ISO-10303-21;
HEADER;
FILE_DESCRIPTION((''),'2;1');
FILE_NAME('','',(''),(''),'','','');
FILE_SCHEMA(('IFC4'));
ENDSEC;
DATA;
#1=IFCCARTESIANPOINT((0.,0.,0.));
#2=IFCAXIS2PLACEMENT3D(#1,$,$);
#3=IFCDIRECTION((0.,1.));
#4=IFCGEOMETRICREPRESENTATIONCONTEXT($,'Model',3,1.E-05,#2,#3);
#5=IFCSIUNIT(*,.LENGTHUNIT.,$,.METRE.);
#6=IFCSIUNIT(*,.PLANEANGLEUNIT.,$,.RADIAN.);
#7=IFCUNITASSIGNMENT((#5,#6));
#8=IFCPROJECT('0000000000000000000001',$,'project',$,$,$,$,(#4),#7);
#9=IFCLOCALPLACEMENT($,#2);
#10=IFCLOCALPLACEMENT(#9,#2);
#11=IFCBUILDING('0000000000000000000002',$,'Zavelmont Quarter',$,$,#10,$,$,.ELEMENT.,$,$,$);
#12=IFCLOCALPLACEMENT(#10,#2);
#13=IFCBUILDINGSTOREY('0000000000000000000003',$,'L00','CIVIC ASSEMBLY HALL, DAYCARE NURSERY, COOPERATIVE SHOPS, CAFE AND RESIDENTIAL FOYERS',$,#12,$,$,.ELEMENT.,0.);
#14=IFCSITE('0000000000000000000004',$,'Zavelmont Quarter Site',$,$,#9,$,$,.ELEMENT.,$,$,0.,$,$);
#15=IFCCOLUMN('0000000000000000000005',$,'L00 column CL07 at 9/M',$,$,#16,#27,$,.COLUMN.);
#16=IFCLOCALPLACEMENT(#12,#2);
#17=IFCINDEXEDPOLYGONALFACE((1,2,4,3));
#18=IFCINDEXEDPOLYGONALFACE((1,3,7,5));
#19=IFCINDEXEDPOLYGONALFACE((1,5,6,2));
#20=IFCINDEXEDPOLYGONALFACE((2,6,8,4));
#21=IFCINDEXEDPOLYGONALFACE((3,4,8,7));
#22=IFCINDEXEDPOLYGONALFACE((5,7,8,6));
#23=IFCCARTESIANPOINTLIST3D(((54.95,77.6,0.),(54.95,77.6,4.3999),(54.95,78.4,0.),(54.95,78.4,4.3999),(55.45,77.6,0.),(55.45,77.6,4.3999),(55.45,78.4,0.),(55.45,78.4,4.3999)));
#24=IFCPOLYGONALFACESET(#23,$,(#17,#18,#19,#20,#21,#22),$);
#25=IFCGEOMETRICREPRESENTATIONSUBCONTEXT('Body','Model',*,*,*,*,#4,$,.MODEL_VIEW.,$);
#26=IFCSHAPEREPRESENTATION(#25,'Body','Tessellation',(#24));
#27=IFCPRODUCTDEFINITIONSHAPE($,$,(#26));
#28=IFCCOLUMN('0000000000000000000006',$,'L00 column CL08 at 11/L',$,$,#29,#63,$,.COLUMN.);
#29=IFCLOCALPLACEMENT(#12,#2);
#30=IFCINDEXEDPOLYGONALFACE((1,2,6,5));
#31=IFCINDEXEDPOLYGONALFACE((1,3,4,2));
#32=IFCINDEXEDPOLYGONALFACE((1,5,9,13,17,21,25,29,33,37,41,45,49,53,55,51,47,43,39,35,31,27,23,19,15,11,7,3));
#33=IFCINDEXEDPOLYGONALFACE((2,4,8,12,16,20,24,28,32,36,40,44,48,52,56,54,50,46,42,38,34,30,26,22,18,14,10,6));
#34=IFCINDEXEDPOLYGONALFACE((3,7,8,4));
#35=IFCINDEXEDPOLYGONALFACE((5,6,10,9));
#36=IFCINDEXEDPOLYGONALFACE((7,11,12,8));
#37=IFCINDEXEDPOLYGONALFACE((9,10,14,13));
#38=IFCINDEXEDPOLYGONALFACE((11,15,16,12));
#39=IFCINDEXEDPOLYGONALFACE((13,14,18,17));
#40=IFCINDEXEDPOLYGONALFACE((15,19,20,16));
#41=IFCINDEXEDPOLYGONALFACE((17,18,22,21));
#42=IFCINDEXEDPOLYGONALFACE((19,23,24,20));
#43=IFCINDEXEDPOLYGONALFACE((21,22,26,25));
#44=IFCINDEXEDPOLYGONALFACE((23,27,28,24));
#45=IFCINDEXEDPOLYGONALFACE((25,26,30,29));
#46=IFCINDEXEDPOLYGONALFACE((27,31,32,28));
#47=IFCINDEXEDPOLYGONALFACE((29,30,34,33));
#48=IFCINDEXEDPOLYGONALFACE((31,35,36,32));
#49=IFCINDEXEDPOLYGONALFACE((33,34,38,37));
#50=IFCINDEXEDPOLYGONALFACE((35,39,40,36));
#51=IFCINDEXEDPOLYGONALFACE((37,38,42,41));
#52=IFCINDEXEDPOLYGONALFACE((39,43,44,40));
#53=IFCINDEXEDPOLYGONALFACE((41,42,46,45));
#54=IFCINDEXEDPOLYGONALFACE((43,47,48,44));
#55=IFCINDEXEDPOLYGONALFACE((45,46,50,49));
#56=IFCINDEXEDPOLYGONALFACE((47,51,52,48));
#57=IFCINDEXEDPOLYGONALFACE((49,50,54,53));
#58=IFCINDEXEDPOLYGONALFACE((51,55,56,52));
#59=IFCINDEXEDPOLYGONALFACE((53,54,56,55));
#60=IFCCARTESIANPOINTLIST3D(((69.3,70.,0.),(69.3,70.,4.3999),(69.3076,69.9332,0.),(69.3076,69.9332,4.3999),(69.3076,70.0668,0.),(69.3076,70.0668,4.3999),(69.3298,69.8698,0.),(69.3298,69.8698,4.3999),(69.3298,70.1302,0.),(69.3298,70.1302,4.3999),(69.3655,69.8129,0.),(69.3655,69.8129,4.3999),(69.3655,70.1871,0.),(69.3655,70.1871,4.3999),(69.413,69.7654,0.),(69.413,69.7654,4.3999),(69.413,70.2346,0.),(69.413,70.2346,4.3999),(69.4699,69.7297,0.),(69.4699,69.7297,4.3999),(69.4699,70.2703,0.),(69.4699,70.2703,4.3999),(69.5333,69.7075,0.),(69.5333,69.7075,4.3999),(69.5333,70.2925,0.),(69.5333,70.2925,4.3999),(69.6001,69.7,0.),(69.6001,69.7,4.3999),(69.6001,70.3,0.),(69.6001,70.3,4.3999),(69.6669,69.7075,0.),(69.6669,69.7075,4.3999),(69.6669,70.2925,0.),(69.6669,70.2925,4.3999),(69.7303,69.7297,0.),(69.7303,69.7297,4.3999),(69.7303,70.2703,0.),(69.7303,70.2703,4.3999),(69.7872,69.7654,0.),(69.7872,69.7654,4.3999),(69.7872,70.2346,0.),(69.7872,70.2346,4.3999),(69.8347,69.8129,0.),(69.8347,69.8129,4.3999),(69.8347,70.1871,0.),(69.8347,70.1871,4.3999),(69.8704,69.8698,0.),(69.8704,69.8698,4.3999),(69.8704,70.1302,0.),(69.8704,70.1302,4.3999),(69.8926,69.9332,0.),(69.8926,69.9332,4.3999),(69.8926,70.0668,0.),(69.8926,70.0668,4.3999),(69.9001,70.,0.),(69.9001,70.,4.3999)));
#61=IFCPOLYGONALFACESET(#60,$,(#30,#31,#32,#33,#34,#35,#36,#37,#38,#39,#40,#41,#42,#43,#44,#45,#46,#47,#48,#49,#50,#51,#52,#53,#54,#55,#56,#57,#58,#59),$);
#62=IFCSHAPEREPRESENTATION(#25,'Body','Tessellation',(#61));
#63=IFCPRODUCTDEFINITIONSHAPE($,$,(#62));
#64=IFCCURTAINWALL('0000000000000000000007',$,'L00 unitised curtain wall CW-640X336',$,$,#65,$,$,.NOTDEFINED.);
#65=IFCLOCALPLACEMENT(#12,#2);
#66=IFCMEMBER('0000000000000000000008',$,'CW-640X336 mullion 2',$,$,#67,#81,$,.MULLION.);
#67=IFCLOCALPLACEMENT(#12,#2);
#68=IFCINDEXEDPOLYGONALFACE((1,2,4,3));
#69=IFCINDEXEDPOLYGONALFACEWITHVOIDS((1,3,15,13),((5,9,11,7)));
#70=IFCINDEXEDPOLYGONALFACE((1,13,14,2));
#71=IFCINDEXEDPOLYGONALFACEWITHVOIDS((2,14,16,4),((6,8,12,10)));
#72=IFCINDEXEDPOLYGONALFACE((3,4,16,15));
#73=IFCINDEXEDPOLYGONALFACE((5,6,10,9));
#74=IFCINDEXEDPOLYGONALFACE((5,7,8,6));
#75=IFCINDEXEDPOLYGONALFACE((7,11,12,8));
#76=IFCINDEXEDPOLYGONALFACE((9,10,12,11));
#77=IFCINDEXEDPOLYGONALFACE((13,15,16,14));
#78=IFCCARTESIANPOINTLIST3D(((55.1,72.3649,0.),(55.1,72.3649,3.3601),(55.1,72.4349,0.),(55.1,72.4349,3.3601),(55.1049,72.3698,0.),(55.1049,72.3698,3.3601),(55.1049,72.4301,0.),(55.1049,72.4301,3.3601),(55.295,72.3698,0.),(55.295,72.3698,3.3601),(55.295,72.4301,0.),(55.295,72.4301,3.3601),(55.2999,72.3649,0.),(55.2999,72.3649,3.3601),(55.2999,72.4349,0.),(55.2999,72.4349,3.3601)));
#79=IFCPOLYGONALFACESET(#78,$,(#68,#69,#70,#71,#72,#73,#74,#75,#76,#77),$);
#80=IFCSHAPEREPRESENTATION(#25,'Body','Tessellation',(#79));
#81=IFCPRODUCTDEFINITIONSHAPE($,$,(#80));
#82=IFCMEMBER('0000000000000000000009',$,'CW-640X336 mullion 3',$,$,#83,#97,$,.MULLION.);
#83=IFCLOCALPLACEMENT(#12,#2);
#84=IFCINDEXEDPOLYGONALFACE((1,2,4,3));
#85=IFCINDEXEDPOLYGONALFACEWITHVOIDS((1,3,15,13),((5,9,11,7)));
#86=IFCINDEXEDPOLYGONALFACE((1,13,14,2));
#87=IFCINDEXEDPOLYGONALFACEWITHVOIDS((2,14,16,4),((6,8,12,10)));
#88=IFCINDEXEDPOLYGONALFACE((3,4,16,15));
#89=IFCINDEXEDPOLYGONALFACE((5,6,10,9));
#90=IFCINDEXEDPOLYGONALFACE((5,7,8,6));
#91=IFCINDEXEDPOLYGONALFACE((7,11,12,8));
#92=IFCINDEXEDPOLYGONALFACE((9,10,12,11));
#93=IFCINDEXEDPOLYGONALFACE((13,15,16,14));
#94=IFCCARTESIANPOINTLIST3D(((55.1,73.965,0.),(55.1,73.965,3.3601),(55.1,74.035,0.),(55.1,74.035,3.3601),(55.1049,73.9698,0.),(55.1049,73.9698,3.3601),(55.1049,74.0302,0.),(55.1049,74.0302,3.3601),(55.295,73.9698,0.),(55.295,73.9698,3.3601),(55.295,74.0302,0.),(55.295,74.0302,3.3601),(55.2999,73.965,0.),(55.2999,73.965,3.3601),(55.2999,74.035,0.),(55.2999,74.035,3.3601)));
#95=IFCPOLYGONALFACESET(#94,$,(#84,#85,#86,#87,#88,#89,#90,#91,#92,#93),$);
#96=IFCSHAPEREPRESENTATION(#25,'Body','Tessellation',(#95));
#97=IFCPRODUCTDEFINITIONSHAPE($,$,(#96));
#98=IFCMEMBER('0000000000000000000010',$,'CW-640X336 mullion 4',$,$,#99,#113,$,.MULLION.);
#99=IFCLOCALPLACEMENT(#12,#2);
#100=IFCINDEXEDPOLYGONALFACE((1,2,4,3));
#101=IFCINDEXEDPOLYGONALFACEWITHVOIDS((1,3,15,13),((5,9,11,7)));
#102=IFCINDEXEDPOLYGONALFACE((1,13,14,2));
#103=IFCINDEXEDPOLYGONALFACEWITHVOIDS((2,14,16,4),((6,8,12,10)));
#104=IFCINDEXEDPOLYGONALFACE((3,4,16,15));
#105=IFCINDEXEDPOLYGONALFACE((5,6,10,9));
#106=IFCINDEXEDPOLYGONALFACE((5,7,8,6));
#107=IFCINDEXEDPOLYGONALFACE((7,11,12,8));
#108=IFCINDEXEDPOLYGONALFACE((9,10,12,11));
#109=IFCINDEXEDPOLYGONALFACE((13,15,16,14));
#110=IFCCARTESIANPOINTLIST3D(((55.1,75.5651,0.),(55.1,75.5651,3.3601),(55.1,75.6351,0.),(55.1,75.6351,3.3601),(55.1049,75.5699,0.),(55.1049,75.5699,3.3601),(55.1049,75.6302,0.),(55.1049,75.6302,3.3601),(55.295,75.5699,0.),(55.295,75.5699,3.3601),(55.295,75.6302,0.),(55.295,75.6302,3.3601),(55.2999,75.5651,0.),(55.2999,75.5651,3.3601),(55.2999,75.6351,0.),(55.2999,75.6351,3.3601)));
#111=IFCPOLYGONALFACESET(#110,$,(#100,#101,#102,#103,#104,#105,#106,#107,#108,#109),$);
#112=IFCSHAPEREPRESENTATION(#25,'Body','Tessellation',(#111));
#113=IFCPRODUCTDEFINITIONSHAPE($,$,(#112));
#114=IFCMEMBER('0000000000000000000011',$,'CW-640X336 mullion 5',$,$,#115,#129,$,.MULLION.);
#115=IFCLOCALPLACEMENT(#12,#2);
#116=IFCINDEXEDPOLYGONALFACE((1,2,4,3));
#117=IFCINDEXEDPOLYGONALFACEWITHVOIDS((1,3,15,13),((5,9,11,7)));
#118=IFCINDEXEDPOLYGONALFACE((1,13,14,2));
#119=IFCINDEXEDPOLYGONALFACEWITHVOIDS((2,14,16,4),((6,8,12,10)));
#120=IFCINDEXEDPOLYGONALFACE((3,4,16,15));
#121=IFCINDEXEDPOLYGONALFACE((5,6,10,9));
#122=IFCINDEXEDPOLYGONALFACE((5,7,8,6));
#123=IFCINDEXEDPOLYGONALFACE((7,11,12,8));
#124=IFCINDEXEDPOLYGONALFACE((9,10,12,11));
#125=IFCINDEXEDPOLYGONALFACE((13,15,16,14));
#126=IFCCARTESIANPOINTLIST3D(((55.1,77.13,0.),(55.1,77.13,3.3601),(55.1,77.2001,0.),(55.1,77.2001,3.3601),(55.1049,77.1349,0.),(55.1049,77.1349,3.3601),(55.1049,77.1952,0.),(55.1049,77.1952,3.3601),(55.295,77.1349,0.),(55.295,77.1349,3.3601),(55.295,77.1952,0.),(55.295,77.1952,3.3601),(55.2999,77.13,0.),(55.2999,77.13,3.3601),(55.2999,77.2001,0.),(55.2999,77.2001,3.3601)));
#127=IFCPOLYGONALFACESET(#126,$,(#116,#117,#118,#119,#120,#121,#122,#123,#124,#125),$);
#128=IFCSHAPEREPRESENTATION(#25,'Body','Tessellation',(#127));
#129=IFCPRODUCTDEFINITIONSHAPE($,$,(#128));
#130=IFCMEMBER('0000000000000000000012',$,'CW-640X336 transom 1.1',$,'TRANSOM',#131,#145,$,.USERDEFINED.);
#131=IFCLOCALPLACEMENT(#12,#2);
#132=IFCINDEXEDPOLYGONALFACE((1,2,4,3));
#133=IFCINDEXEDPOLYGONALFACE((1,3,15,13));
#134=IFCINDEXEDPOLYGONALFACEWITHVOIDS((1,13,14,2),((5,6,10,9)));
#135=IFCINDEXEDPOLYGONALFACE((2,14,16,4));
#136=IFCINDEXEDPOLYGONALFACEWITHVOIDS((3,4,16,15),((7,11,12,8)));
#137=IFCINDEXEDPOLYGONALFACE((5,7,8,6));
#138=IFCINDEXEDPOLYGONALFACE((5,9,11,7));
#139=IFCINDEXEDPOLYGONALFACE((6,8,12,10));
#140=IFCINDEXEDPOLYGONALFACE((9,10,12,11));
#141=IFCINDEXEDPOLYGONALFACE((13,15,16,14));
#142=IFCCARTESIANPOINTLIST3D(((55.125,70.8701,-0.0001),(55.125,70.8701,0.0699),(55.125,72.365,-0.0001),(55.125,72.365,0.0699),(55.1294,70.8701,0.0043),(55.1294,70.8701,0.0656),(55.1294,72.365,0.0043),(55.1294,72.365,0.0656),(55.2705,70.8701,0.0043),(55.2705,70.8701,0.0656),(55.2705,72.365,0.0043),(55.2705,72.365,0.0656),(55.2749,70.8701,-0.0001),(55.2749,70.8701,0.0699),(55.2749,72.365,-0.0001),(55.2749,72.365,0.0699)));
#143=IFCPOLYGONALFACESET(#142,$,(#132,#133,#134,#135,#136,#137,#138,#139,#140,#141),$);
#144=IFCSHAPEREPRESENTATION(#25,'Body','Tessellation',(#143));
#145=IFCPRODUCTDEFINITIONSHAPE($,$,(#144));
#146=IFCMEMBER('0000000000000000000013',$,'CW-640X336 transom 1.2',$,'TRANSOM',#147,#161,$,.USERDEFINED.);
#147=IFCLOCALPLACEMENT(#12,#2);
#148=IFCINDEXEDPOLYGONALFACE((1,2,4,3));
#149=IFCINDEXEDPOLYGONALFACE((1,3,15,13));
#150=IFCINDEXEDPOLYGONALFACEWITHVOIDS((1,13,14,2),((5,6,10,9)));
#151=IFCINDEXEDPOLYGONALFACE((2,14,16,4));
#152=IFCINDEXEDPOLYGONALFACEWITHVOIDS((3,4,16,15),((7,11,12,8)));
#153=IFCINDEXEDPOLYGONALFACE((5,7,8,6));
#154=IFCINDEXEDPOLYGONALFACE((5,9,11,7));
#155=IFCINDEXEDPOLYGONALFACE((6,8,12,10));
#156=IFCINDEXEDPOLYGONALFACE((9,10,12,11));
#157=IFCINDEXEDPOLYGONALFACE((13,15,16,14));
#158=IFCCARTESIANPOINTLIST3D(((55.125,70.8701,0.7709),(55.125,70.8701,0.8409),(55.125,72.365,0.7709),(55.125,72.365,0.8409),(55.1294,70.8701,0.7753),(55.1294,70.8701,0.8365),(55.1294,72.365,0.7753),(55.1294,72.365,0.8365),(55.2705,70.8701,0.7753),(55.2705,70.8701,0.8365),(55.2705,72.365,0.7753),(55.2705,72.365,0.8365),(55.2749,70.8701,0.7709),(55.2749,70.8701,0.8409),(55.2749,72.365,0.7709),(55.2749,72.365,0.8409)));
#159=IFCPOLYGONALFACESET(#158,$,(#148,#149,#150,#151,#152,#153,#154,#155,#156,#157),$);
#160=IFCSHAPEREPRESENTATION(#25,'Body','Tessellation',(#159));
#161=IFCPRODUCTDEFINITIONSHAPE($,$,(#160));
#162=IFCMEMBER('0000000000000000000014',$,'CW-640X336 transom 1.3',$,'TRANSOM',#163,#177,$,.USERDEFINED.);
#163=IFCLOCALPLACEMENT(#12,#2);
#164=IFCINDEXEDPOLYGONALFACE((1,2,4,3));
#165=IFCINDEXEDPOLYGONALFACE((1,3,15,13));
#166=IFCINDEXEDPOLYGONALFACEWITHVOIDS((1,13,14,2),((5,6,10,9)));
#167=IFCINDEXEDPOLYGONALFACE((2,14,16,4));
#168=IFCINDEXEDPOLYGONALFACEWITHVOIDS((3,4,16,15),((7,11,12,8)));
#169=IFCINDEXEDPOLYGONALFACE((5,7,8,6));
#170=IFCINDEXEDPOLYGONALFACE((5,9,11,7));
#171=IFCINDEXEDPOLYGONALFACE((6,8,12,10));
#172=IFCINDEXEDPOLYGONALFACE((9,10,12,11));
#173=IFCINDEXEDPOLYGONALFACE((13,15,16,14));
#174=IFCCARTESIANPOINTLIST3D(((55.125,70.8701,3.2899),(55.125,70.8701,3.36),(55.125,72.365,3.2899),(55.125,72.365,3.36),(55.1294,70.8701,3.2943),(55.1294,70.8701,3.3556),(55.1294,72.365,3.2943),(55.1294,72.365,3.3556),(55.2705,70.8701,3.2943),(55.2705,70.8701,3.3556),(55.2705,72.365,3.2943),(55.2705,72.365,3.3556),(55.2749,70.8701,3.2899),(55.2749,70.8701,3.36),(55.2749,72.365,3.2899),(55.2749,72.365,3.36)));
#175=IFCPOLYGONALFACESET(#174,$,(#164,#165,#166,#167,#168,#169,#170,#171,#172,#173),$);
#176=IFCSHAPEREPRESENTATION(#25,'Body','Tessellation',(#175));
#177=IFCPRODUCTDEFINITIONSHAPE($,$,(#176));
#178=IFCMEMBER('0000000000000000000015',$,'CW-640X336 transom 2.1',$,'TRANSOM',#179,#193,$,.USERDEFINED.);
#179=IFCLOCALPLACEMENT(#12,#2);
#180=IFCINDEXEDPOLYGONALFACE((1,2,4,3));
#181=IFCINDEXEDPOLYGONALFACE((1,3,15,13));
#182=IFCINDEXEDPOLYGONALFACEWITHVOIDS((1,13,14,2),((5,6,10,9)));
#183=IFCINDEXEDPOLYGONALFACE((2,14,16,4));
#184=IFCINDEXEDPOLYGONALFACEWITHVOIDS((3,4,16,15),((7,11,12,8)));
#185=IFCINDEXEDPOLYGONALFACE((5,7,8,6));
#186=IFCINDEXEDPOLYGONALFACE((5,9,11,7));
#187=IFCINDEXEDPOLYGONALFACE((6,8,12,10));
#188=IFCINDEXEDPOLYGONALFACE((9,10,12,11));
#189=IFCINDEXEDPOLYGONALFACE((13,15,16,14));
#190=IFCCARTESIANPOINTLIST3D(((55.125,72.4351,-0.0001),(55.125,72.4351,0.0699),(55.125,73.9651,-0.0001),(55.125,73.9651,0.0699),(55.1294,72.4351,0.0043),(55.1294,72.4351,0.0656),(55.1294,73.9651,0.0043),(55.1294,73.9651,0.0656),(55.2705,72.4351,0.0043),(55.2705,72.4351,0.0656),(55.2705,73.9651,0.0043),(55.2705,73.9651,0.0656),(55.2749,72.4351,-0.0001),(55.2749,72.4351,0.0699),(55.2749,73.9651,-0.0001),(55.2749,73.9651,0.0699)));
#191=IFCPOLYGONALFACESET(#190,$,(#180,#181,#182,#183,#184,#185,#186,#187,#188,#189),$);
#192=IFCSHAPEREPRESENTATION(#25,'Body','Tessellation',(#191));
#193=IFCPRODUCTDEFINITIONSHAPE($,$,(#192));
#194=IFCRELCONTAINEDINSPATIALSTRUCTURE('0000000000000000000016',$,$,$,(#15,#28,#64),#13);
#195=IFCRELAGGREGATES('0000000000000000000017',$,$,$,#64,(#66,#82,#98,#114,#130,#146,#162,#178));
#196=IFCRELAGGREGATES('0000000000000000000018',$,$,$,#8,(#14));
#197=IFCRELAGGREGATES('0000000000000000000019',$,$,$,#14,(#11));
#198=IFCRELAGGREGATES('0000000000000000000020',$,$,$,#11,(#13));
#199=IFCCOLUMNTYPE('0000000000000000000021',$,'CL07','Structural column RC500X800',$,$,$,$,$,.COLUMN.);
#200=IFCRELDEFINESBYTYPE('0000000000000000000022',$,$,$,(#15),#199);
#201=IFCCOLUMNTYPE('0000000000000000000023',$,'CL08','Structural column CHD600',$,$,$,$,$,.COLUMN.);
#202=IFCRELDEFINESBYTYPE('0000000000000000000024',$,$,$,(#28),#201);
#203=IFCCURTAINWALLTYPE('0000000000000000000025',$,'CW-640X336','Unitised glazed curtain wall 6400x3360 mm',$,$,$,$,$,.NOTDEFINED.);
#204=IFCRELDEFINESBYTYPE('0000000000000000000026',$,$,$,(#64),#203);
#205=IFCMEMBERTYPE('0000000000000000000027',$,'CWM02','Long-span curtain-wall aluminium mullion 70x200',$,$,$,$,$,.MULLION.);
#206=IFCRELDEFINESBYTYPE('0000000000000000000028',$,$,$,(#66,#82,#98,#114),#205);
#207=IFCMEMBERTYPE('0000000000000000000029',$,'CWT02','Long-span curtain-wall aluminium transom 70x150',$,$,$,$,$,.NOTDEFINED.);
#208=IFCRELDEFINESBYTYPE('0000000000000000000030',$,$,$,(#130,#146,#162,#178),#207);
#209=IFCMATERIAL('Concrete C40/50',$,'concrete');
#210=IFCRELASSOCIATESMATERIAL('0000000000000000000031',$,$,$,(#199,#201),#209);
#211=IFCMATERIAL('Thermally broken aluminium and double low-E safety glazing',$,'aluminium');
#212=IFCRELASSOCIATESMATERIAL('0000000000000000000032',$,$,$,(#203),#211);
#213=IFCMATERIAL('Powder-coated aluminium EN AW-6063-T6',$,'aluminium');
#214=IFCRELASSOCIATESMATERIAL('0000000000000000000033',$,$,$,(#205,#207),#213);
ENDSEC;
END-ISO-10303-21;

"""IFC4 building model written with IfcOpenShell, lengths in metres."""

from ifc_helpers import new_model, si_unit, direction, frame, origin, origin_2d, place, context, subcontext, project, spatial, rectangle, hollow_rectangle, circle, extrude, material, material_profile, profile_set, type_object, element, aggregate, save


model = new_model("IFC4")

# Units and contexts
model_context = context("Model", 3, precision=1e-05, world=origin(), true_north=direction((0.0, 1.0)))
body_context = subcontext(model_context, "Body", "Model", "MODEL_VIEW")
ifc_project = project(units=[si_unit("LENGTHUNIT", "METRE"), si_unit("PLANEANGLEUNIT", "RADIAN")], contexts=[model_context])

# Site, building, storey
site_placement = place(None, origin())
site = spatial("IfcSite", under=ifc_project, at=site_placement, Name="Zavelmont Quarter Site", CompositionType="ELEMENT", RefElevation=0.0)
building_placement = place(site_placement, origin())
building = spatial("IfcBuilding", under=site, at=building_placement, Name="Zavelmont Quarter", CompositionType="ELEMENT")
storey_placement = place(building_placement, origin())
storey = spatial("IfcBuildingStorey", under=building, at=storey_placement, Name="L00", Description="CIVIC ASSEMBLY HALL, DAYCARE NURSERY, COOPERATIVE SHOPS, CAFE AND RESIDENTIAL FOYERS", CompositionType="ELEMENT", Elevation=0.0)

# Columns
ifc_material_1 = material(Name="Concrete C40/50", Category="concrete")
ifc_material_profile_1 = material_profile(ifc_material_1, rectangle(XDim=0.5, YDim=0.8, at=origin_2d()), Name="RC500X800")
ifc_profile_set_1 = profile_set([ifc_material_profile_1], Name="Concrete C40/50")
column_type_1 = type_object("IfcColumnType", Name="CL07", Description="Structural column RC500X800", PredefinedType="COLUMN", material=ifc_profile_set_1)
column_1_placement = place(storey_placement, frame((55.2, 78.0, 0.0), z_axis=(0.0, 0.0, 1.0), x_axis=(1.0, 0.0, 0.0)))
element("IfcColumn", 1, at=column_1_placement, inside=storey, type_object=column_type_1, Name="L00 column CL07 at 9/M", PredefinedType="COLUMN", context=body_context, shape_type="SweptSolid", body=[
    extrude(rectangle(XDim=0.5, YDim=0.8, at=origin_2d()), origin(), (0.0, 0.0, 1.0), 4.3999),
])
ifc_material_profile_2 = material_profile(ifc_material_1, circle(Radius=0.3, at=origin_2d()), Name="CHD600")
ifc_profile_set_2 = profile_set([ifc_material_profile_2], Name="Concrete C40/50")
column_type_2 = type_object("IfcColumnType", Name="CL08", Description="Structural column CHD600", PredefinedType="COLUMN", material=ifc_profile_set_2)
column_2_placement = place(storey_placement, frame((69.6001, 70.0, 0.0), z_axis=(0.0, 0.0, 1.0), x_axis=(1.0, 0.0, 0.0)))
element("IfcColumn", 2, at=column_2_placement, inside=storey, type_object=column_type_2, Name="L00 column CL08 at 11/L", PredefinedType="COLUMN", context=body_context, shape_type="SweptSolid", body=[
    extrude(circle(Radius=0.3, at=origin_2d()), origin(), (0.0, 0.0, 1.0), 4.3999),
])

# Curtain wall, members
ifc_material_2 = material(Name="Thermally broken aluminium and double low-E safety glazing", Category="aluminium")
curtain_wall_type = type_object("IfcCurtainWallType", Name="CW-640X336", Description="Unitised glazed curtain wall 6400x3360 mm", PredefinedType="NOTDEFINED", material=ifc_material_2)
curtain_wall_placement = place(storey_placement, origin())
curtain_wall = element("IfcCurtainWall", 3, at=curtain_wall_placement, inside=storey, type_object=curtain_wall_type, Name="L00 unitised curtain wall CW-640X336", PredefinedType="NOTDEFINED")
ifc_material_3 = material(Name="Powder-coated aluminium EN AW-6063-T6", Category="aluminium")
ifc_material_profile_3 = material_profile(ifc_material_3, hollow_rectangle(XDim=0.0701, YDim=0.2, WallThickness=0.0049, at=origin_2d()), Name="CWM70X200")
ifc_profile_set_3 = profile_set([ifc_material_profile_3], Name="Powder-coated aluminium EN AW-6063-T6")
member_type_1 = type_object("IfcMemberType", Name="CWM02", Description="Long-span curtain-wall aluminium mullion 70x200", PredefinedType="MULLION", material=ifc_profile_set_3)
member_1_placement = place(storey_placement, frame((55.2, 72.3999, 0.0), z_axis=(0.0, 0.0, 1.0), x_axis=(0.0, 1.0, 0.0)))
member_1 = element("IfcMember", 4, at=member_1_placement, type_object=member_type_1, Name="CW-640X336 mullion 2", PredefinedType="MULLION", context=body_context, shape_type="SweptSolid", body=[
    extrude(hollow_rectangle(XDim=0.0701, YDim=0.2, WallThickness=0.0049, at=origin_2d()), origin(), (0.0, 0.0, 1.0), 3.3601),
])
member_2_placement = place(storey_placement, frame((55.2, 74.0, 0.0), z_axis=(0.0, 0.0, 1.0), x_axis=(0.0, 1.0, 0.0)))
member_2 = element("IfcMember", 5, at=member_2_placement, type_object=member_type_1, Name="CW-640X336 mullion 3", PredefinedType="MULLION", context=body_context, shape_type="SweptSolid", body=[
    extrude(hollow_rectangle(XDim=0.0701, YDim=0.2, WallThickness=0.0049, at=origin_2d()), origin(), (0.0, 0.0, 1.0), 3.3601),
])
member_3_placement = place(storey_placement, frame((55.2, 75.6001, 0.0), z_axis=(0.0, 0.0, 1.0), x_axis=(0.0, 1.0, 0.0)))
member_3 = element("IfcMember", 6, at=member_3_placement, type_object=member_type_1, Name="CW-640X336 mullion 4", PredefinedType="MULLION", context=body_context, shape_type="SweptSolid", body=[
    extrude(hollow_rectangle(XDim=0.0701, YDim=0.2, WallThickness=0.0049, at=origin_2d()), origin(), (0.0, 0.0, 1.0), 3.3601),
])
member_4_placement = place(storey_placement, frame((55.2, 77.165, 0.0), z_axis=(0.0, 0.0, 1.0), x_axis=(0.0, 1.0, 0.0)))
member_4 = element("IfcMember", 7, at=member_4_placement, type_object=member_type_1, Name="CW-640X336 mullion 5", PredefinedType="MULLION", context=body_context, shape_type="SweptSolid", body=[
    extrude(hollow_rectangle(XDim=0.0701, YDim=0.2, WallThickness=0.0049, at=origin_2d()), origin(), (0.0, 0.0, 1.0), 3.3601),
])
ifc_material_profile_4 = material_profile(ifc_material_3, hollow_rectangle(XDim=0.1499, YDim=0.0701, WallThickness=0.0044, at=origin_2d()), Name="CWT70X150")
ifc_profile_set_4 = profile_set([ifc_material_profile_4], Name="Powder-coated aluminium EN AW-6063-T6")
member_type_2 = type_object("IfcMemberType", Name="CWT02", Description="Long-span curtain-wall aluminium transom 70x150", PredefinedType="NOTDEFINED", material=ifc_profile_set_4)
member_5_placement = place(storey_placement, frame((55.2, 70.8701, 0.0349), z_axis=(0.0, 1.0, 0.0), x_axis=(-1.0, 0.0, 0.0)))
member_5 = element("IfcMember", 8, at=member_5_placement, type_object=member_type_2, Name="CW-640X336 transom 1.1", ObjectType="TRANSOM", PredefinedType="USERDEFINED", context=body_context, shape_type="SweptSolid", body=[
    extrude(hollow_rectangle(XDim=0.1499, YDim=0.0701, WallThickness=0.0044, at=origin_2d()), origin(), (0.0, 0.0, 1.0), 1.4949),
])
member_6_placement = place(storey_placement, frame((55.2, 70.8701, 0.8059), z_axis=(0.0, 1.0, 0.0), x_axis=(-1.0, 0.0, 0.0)))
member_6 = element("IfcMember", 9, at=member_6_placement, type_object=member_type_2, Name="CW-640X336 transom 1.2", ObjectType="TRANSOM", PredefinedType="USERDEFINED", context=body_context, shape_type="SweptSolid", body=[
    extrude(hollow_rectangle(XDim=0.1499, YDim=0.0701, WallThickness=0.0044, at=origin_2d()), origin(), (0.0, 0.0, 1.0), 1.4949),
])
member_7_placement = place(storey_placement, frame((55.2, 70.8701, 3.325), z_axis=(0.0, 1.0, 0.0), x_axis=(-1.0, 0.0, 0.0)))
member_7 = element("IfcMember", 10, at=member_7_placement, type_object=member_type_2, Name="CW-640X336 transom 1.3", ObjectType="TRANSOM", PredefinedType="USERDEFINED", context=body_context, shape_type="SweptSolid", body=[
    extrude(hollow_rectangle(XDim=0.1499, YDim=0.0701, WallThickness=0.0044, at=origin_2d()), origin(), (0.0, 0.0, 1.0), 1.4949),
])
member_8_placement = place(storey_placement, frame((55.2, 72.4351, 0.0349), z_axis=(0.0, 1.0, 0.0), x_axis=(-1.0, 0.0, 0.0)))
member_8 = element("IfcMember", 11, at=member_8_placement, type_object=member_type_2, Name="CW-640X336 transom 2.1", ObjectType="TRANSOM", PredefinedType="USERDEFINED", context=body_context, shape_type="SweptSolid", body=[
    extrude(hollow_rectangle(XDim=0.1499, YDim=0.0701, WallThickness=0.0044, at=origin_2d()), origin(), (0.0, 0.0, 1.0), 1.53),
])
aggregate(curtain_wall, [member_1, member_2, member_3, member_4, member_5, member_6, member_7, member_8])

save(model, "model.ifc")
